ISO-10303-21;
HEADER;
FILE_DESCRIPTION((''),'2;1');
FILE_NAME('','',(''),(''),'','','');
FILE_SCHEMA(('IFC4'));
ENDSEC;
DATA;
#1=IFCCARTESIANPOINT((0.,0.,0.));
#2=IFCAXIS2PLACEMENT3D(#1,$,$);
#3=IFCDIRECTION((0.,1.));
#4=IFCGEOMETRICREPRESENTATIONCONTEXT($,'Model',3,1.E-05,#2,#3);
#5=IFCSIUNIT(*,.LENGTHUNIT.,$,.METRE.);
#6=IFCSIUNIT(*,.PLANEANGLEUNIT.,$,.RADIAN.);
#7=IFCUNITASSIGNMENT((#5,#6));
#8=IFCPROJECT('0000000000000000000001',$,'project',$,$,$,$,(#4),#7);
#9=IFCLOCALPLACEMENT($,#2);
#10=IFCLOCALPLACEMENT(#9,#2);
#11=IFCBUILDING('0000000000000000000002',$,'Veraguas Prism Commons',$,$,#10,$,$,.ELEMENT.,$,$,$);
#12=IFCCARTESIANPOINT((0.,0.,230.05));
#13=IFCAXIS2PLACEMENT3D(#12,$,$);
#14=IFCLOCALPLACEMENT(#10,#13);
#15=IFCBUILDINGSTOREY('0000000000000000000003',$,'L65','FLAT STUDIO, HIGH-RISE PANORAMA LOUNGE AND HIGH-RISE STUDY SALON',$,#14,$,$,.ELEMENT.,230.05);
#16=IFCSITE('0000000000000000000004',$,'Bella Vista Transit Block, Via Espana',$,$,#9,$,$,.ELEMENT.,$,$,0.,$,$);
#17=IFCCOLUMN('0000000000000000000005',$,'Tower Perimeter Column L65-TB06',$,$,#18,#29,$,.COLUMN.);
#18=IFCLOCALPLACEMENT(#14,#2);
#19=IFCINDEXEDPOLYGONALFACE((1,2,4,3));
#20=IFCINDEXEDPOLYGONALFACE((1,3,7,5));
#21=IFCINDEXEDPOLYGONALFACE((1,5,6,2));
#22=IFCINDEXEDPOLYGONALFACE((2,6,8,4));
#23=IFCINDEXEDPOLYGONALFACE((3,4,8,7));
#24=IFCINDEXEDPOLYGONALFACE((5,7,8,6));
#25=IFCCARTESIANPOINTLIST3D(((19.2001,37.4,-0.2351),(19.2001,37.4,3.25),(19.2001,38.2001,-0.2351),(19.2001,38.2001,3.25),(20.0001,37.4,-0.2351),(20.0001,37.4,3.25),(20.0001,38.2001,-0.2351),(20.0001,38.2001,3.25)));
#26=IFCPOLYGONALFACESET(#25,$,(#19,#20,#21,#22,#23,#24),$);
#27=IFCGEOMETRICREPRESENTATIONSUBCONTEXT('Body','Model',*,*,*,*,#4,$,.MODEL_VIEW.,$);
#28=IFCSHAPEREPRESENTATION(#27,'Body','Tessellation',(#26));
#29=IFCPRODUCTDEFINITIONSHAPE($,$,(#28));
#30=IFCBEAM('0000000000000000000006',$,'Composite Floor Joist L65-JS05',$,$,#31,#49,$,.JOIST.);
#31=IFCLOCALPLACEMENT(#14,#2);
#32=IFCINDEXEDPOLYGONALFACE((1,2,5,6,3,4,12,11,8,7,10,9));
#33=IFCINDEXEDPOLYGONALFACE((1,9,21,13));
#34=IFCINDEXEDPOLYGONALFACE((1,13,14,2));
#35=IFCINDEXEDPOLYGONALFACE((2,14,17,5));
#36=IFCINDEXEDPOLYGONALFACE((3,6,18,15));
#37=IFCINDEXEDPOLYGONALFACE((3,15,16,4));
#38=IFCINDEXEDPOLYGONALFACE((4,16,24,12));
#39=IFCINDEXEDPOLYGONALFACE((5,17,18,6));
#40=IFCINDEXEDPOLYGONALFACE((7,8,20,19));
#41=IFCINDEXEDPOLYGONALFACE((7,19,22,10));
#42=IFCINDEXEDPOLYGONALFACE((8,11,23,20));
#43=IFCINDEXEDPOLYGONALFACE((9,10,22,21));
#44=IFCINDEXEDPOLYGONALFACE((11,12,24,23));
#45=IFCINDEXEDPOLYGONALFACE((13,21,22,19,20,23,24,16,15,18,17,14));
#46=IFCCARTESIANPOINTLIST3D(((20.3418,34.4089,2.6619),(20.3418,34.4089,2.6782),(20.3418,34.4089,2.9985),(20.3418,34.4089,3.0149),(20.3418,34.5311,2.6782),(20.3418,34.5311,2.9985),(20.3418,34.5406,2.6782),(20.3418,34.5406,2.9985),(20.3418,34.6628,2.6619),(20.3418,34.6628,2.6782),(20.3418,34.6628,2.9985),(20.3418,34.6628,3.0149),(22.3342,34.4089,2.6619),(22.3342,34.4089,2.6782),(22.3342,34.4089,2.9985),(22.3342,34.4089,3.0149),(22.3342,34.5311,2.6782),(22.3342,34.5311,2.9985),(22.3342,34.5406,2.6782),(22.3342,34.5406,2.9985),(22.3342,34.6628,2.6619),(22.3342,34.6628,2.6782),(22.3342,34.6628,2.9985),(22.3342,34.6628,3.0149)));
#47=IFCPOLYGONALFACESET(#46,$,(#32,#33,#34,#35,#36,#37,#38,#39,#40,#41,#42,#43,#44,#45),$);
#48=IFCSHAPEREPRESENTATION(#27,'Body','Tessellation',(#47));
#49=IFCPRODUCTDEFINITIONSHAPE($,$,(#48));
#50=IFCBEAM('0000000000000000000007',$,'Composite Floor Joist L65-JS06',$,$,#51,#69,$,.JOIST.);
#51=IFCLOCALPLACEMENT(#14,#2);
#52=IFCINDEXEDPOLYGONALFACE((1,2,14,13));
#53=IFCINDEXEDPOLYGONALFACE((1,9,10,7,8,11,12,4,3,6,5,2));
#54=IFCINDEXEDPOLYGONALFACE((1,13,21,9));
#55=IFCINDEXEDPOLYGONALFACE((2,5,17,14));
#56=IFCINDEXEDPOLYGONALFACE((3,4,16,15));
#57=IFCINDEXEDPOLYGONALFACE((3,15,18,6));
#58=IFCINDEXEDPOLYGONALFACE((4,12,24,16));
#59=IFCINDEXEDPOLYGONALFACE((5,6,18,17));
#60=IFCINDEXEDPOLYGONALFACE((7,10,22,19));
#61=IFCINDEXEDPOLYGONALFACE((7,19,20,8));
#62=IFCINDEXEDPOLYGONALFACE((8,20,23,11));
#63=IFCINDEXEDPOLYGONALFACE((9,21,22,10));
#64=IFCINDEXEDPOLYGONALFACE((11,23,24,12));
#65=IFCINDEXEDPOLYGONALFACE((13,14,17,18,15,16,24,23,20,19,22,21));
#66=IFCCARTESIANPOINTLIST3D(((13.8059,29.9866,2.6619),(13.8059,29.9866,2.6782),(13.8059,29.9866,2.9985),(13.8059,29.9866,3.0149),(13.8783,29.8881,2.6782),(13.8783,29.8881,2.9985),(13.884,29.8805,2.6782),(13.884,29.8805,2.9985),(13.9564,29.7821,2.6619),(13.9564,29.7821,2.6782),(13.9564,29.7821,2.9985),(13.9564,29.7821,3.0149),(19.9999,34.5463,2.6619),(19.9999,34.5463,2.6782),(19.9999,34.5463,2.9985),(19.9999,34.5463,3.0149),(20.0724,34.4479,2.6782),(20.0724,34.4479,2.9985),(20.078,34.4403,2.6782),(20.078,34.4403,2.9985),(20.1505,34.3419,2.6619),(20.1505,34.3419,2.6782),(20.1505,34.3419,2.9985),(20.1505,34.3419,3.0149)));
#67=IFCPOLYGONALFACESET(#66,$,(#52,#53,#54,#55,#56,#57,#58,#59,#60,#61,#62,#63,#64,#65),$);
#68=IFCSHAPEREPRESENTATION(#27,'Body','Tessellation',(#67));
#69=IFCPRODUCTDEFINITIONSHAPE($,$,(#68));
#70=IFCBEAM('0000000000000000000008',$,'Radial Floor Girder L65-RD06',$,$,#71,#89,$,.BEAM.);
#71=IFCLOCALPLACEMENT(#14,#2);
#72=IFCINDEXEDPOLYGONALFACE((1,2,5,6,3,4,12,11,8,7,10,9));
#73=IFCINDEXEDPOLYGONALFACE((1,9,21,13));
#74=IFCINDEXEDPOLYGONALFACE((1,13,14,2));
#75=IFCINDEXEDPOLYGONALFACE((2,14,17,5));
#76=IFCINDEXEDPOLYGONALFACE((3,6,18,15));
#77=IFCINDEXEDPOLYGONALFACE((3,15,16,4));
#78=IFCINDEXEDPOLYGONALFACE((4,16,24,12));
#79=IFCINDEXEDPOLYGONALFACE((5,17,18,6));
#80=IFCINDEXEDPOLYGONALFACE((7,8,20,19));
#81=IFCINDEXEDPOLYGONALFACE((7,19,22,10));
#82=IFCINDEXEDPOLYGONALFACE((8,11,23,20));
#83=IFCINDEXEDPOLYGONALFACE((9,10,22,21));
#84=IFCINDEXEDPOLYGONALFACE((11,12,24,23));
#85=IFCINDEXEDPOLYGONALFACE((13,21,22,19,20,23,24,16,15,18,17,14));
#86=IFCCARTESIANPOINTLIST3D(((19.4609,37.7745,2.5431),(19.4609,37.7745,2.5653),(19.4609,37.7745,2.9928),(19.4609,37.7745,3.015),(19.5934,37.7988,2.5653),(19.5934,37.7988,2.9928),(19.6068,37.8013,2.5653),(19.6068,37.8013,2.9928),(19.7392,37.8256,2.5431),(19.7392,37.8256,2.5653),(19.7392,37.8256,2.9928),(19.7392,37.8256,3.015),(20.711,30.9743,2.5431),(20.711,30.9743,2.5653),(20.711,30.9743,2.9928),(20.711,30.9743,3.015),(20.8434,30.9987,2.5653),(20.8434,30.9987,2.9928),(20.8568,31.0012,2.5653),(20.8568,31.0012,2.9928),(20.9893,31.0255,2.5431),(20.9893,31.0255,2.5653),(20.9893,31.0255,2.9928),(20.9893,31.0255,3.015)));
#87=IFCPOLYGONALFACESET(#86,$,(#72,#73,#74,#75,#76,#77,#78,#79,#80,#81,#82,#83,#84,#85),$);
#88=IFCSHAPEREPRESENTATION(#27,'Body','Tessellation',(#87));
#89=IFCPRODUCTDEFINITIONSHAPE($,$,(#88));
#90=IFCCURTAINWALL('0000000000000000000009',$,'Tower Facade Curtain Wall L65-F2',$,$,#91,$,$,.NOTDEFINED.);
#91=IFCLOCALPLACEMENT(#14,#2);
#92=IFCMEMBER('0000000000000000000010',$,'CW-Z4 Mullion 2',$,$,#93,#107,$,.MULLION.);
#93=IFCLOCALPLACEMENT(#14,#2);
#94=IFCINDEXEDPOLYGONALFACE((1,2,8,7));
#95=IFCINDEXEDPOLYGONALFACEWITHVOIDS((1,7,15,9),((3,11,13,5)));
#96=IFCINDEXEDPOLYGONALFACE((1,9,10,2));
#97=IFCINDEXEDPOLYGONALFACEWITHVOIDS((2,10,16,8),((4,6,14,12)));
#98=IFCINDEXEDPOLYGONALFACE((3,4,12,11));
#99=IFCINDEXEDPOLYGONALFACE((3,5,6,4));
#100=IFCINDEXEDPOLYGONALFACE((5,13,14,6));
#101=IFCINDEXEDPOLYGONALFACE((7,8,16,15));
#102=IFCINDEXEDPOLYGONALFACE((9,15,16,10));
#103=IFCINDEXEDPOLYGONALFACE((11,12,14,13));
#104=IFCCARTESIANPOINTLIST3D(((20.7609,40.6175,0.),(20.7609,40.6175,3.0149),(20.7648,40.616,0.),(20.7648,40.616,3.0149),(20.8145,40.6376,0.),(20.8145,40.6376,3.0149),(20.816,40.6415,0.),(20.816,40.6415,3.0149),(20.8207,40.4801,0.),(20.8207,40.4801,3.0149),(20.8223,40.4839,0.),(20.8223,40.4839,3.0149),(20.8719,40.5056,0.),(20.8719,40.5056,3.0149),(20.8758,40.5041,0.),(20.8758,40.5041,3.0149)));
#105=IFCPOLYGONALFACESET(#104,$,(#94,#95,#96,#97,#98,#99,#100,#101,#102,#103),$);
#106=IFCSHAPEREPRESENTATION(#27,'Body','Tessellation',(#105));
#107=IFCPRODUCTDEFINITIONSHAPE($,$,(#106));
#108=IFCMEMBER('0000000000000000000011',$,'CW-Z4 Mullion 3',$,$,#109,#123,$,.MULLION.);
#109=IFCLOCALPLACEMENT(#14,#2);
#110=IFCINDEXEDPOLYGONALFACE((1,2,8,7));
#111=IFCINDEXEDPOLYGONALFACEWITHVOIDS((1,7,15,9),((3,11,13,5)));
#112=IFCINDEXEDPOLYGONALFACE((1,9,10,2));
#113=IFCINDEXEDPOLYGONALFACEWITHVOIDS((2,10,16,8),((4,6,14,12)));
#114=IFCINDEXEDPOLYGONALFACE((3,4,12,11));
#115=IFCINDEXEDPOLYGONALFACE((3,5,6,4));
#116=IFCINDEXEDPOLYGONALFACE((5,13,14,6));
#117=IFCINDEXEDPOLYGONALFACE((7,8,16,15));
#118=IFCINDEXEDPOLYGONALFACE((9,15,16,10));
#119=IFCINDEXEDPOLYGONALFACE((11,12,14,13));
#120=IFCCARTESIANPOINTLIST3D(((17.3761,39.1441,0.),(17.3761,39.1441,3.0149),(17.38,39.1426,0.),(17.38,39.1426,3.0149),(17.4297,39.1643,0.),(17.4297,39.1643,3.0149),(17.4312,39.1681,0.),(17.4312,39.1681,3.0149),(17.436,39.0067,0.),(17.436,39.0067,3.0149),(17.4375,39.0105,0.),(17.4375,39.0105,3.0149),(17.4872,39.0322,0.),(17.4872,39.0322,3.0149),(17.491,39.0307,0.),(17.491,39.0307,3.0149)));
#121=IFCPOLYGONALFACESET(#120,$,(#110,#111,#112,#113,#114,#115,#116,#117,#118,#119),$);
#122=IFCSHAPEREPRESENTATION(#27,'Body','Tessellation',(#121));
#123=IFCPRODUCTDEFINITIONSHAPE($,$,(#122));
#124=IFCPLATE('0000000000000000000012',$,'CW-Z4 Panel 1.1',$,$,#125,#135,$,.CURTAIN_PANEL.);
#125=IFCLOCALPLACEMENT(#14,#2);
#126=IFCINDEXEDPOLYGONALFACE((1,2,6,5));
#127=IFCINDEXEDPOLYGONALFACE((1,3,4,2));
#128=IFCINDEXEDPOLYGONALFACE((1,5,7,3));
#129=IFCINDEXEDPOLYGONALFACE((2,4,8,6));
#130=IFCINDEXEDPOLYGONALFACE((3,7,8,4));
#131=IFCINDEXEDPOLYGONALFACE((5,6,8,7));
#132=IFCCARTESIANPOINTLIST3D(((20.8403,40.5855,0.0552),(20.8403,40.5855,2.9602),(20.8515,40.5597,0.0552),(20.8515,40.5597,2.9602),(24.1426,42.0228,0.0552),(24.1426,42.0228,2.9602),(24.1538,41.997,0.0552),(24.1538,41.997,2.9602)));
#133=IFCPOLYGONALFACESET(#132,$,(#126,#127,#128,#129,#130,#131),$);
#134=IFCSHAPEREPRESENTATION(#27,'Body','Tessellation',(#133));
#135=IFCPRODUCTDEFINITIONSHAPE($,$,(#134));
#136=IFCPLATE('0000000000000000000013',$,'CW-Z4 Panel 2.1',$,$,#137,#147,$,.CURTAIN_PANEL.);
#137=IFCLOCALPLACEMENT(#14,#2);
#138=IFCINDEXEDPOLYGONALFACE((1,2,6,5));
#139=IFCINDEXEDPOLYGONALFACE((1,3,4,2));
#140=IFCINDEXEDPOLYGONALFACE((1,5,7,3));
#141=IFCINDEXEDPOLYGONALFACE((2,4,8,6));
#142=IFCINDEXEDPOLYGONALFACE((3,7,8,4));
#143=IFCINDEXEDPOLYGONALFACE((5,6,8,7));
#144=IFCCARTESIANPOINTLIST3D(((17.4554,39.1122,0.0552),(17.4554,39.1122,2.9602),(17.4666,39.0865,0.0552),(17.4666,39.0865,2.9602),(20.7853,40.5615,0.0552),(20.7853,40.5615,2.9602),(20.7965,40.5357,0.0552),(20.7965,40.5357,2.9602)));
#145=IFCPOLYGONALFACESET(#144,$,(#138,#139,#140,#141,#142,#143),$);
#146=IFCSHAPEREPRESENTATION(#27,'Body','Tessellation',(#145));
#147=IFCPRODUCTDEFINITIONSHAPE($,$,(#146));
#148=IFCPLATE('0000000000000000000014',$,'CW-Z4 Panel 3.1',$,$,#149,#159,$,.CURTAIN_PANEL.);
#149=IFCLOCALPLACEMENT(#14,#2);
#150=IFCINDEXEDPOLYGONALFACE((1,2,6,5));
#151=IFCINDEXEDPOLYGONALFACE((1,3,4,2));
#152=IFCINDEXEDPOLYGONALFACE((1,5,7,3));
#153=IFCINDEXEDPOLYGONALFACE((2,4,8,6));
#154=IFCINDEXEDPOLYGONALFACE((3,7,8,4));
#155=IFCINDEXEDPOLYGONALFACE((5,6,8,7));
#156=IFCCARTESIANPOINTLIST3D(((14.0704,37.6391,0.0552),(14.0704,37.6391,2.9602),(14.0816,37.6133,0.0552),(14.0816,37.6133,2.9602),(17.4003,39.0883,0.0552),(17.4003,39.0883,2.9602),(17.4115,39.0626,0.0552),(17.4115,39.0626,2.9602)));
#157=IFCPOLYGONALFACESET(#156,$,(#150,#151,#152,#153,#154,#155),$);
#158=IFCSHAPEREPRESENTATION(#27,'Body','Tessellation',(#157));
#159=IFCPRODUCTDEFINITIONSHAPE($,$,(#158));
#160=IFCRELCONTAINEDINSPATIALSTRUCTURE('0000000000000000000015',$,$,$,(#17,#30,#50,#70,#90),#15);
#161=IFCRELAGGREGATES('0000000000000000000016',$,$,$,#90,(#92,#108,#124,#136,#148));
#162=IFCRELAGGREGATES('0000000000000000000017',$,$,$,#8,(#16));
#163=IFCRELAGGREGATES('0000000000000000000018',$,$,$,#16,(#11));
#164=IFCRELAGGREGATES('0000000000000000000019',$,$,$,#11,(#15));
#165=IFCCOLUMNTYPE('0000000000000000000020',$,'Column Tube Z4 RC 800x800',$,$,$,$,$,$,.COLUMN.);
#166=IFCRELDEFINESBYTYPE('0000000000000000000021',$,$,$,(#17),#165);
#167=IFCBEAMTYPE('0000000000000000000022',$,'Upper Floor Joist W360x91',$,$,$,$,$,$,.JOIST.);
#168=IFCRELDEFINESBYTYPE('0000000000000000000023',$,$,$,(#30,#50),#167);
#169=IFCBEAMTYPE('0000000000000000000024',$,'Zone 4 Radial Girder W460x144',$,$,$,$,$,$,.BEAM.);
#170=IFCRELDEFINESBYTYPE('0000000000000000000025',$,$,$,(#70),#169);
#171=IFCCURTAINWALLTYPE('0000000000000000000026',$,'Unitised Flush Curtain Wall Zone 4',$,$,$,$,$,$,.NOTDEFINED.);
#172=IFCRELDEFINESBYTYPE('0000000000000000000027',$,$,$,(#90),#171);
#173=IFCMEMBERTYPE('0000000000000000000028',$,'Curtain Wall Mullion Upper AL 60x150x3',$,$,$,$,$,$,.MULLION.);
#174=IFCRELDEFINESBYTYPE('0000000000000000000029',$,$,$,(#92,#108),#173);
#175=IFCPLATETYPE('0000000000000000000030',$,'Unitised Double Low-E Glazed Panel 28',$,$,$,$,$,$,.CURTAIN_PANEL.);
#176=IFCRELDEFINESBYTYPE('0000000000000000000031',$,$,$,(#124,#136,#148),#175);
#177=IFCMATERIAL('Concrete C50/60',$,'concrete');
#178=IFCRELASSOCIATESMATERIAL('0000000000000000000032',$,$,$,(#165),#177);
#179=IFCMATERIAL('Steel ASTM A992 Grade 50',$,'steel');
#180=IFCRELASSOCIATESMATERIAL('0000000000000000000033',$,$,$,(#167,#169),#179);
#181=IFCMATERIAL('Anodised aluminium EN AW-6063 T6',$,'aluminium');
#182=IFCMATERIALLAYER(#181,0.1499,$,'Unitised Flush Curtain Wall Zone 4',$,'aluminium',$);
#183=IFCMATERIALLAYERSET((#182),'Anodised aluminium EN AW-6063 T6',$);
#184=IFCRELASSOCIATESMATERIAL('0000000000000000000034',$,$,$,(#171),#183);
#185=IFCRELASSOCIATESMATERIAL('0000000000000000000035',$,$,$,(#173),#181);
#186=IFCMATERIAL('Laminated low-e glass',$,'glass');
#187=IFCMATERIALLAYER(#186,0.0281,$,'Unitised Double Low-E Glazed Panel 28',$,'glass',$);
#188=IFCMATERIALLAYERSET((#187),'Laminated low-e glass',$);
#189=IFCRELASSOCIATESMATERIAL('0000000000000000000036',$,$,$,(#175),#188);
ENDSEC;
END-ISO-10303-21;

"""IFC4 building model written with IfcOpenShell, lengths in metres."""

from ifc_helpers import new_model, si_unit, direction, frame, origin, origin_2d, place, context, subcontext, project, spatial, rectangle, hollow_rectangle, i_section, extrude, source, transform, mapped, material, layer, layer_set, material_profile, profile_set, type_object, element, aggregate, save


model = new_model("IFC4")

# Units and contexts
model_context = context("Model", 3, precision=1e-05, world=origin(), true_north=direction((0.0, 1.0)))
body_context = subcontext(model_context, "Body", "Model", "MODEL_VIEW")
ifc_project = project(units=[si_unit("LENGTHUNIT", "METRE"), si_unit("PLANEANGLEUNIT", "RADIAN")], contexts=[model_context])

# Site, building, storey
site_placement = place(None, origin())
site = spatial("IfcSite", under=ifc_project, at=site_placement, Name="Bella Vista Transit Block, Via Espana", CompositionType="ELEMENT", RefElevation=0.0)
building_placement = place(site_placement, origin())
building = spatial("IfcBuilding", under=site, at=building_placement, Name="Veraguas Prism Commons", CompositionType="ELEMENT")
storey_placement = place(building_placement, frame((0.0, 0.0, 230.05)))
storey = spatial("IfcBuildingStorey", under=building, at=storey_placement, Name="L65", Description="FLAT STUDIO, HIGH-RISE PANORAMA LOUNGE AND HIGH-RISE STUDY SALON", CompositionType="ELEMENT", Elevation=230.05)

# Column
ifc_material_1 = material(Name="Concrete C50/60", Category="concrete")
ifc_material_profile_1 = material_profile(ifc_material_1, rectangle(XDim=0.8, YDim=0.8, at=origin_2d()), Name="RC800X800")
ifc_profile_set_1 = profile_set([ifc_material_profile_1], Name="Concrete C50/60")
column_type = type_object("IfcColumnType", Name="Column Tube Z4 RC 800x800", PredefinedType="COLUMN", material=ifc_profile_set_1)
column_placement = place(storey_placement, frame((19.6001, 37.8, -0.2351), z_axis=(0.0, 0.0, 1.0), x_axis=(1.0, 0.0, 0.0)))
element("IfcColumn", 1, at=column_placement, inside=storey, type_object=column_type, Name="Tower Perimeter Column L65-TB06", PredefinedType="COLUMN", context=body_context, shape_type="SweptSolid", body=[
    extrude(rectangle(XDim=0.8, YDim=0.8, at=origin_2d()), origin(), (0.0, 0.0, 1.0), 3.4851),
])

# Beams
ifc_material_2 = material(Name="Steel ASTM A992 Grade 50", Category="steel")
ifc_material_profile_2 = material_profile(ifc_material_2, i_section(OverallWidth=0.2539, OverallDepth=0.353, WebThickness=0.0095, FlangeThickness=0.0164, at=origin_2d()), Name="W360X91")
ifc_profile_set_2 = profile_set([ifc_material_profile_2], Name="Steel ASTM A992 Grade 50")
beam_type_1 = type_object("IfcBeamType", Name="Upper Floor Joist W360x91", PredefinedType="JOIST", material=ifc_profile_set_2)
beam_1_placement = place(storey_placement, frame((22.3342, 34.5359, 2.8384), z_axis=(-1.0, 0.0, 0.0), x_axis=(0.0, -1.0, 0.0)))
element("IfcBeam", 2, at=beam_1_placement, inside=storey, type_object=beam_type_1, Name="Composite Floor Joist L65-JS05", PredefinedType="JOIST", context=body_context, shape_type="SweptSolid", body=[
    extrude(i_section(OverallWidth=0.2539, OverallDepth=0.353, WebThickness=0.0095, FlangeThickness=0.0164, at=origin_2d()), origin(), (0.0, 0.0, 1.0), 1.9924),
])
beam_2_placement = place(storey_placement, frame((20.0752, 34.4441, 2.8384), z_axis=(-0.80532, -0.592841, 0.0), x_axis=(0.592841, -0.80532, 0.0)))
element("IfcBeam", 3, at=beam_2_placement, inside=storey, type_object=beam_type_1, Name="Composite Floor Joist L65-JS06", PredefinedType="JOIST", context=body_context, shape_type="SweptSolid", body=[
    extrude(i_section(OverallWidth=0.2539, OverallDepth=0.353, WebThickness=0.0095, FlangeThickness=0.0164, at=origin_2d()), origin(), (0.0, 0.0, 1.0), 7.6914),
])
ifc_material_profile_3 = material_profile(ifc_material_2, i_section(OverallWidth=0.283, OverallDepth=0.4719, WebThickness=0.0137, FlangeThickness=0.0222, at=origin_2d()), Name="W460X144")
ifc_profile_set_3 = profile_set([ifc_material_profile_3], Name="Steel ASTM A992 Grade 50")
beam_type_2 = type_object("IfcBeamType", Name="Zone 4 Radial Girder W460x144", PredefinedType="BEAM", material=ifc_profile_set_3)
beam_3_placement = place(storey_placement, frame((19.6001, 37.8, 2.7791), z_axis=(0.180793, -0.983521, 0.0), x_axis=(0.983521, 0.180793, 0.0)))
element("IfcBeam", 4, at=beam_3_placement, inside=storey, type_object=beam_type_2, Name="Radial Floor Girder L65-RD06", PredefinedType="BEAM", context=body_context, shape_type="SweptSolid", body=[
    extrude(i_section(OverallWidth=0.283, OverallDepth=0.4719, WebThickness=0.0137, FlangeThickness=0.0222, at=origin_2d()), origin(), (0.0, 0.0, 1.0), 6.9141),
])

# Curtain wall, members, plates
ifc_material_3 = material(Name="Anodised aluminium EN AW-6063 T6", Category="aluminium")
ifc_layer_1 = layer(ifc_material_3, 0.1499, Name="Unitised Flush Curtain Wall Zone 4", Category="aluminium")
ifc_layer_set_1 = layer_set([ifc_layer_1], Name="Anodised aluminium EN AW-6063 T6")
curtain_wall_type = type_object("IfcCurtainWallType", Name="Unitised Flush Curtain Wall Zone 4", PredefinedType="NOTDEFINED", material=ifc_layer_set_1)
curtain_wall_placement = place(storey_placement, origin())
curtain_wall = element("IfcCurtainWall", 5, at=curtain_wall_placement, inside=storey, type_object=curtain_wall_type, Name="Tower Facade Curtain Wall L65-F2", PredefinedType="NOTDEFINED")
ifc_material_profile_4 = material_profile(ifc_material_3, hollow_rectangle(XDim=0.0601, YDim=0.1499, WallThickness=0.0029, at=origin_2d()), Name="AL60X150X3")
ifc_profile_set_4 = profile_set([ifc_material_profile_4], Name="Anodised aluminium EN AW-6063 T6")
member_type = type_object("IfcMemberType", Name="Curtain Wall Mullion Upper AL 60x150x3", PredefinedType="MULLION", material=ifc_profile_set_4)
shared_shape_1 = source(origin(), body_context, "Body", "SweptSolid", [
    extrude(hollow_rectangle(XDim=0.0601, YDim=0.1499, WallThickness=0.0029, at=origin_2d()), origin(), (0.0, 0.0, 1.0), 3.0149),
])
member_1_placement = place(storey_placement, frame((20.8184, 40.5608, 0.0), z_axis=(0.0, 0.0, 1.0), x_axis=(-0.916919, -0.399074, 0.0)))
member_1 = element("IfcMember", 6, at=member_1_placement, type_object=member_type, Name="CW-Z4 Mullion 2", PredefinedType="MULLION", context=body_context, shape_type="MappedRepresentation", body=[
    mapped(shared_shape_1, transform((0.0, 0.0, 0.0), scale=1.0)),
])
member_2_placement = place(storey_placement, frame((17.4336, 39.0874, 0.0), z_axis=(0.0, 0.0, 1.0), x_axis=(-0.916919, -0.399074, 0.0)))
member_2 = element("IfcMember", 7, at=member_2_placement, type_object=member_type, Name="CW-Z4 Mullion 3", PredefinedType="MULLION", context=body_context, shape_type="MappedRepresentation", body=[
    mapped(shared_shape_1, transform((0.0, 0.0, 0.0), scale=1.0)),
])
ifc_material_4 = material(Name="Laminated low-e glass", Category="glass")
ifc_layer_2 = layer(ifc_material_4, 0.0281, Name="Unitised Double Low-E Glazed Panel 28", Category="glass")
ifc_layer_set_2 = layer_set([ifc_layer_2], Name="Laminated low-e glass")
plate_type = type_object("IfcPlateType", Name="Unitised Double Low-E Glazed Panel 28", PredefinedType="CURTAIN_PANEL", material=ifc_layer_set_2)
shared_shape_2 = source(origin(), body_context, "Body", "SweptSolid", [
    extrude(rectangle(XDim=3.6016, YDim=0.0281, at=origin_2d()), origin(), (0.0, 0.0, 1.0), 2.905),
])
plate_1_placement = place(storey_placement, frame((22.4971, 41.2913, 0.0552), z_axis=(0.0, 0.0, 1.0), x_axis=(-0.916919, -0.399074, 0.0)))
plate_1 = element("IfcPlate", 8, at=plate_1_placement, type_object=plate_type, Name="CW-Z4 Panel 1.1", PredefinedType="CURTAIN_PANEL", context=body_context, shape_type="MappedRepresentation", body=[
    mapped(shared_shape_2, transform((0.0, 0.0, 0.0), scale=1.0)),
])
shared_shape_3 = source(origin(), body_context, "Body", "SweptSolid", [
    extrude(rectangle(XDim=3.6316, YDim=0.0281, at=origin_2d()), origin(), (0.0, 0.0, 1.0), 2.905),
])
plate_2_placement = place(storey_placement, frame((19.126, 39.824, 0.0552), z_axis=(0.0, 0.0, 1.0), x_axis=(-0.916919, -0.399074, 0.0)))
plate_2 = element("IfcPlate", 9, at=plate_2_placement, type_object=plate_type, Name="CW-Z4 Panel 2.1", PredefinedType="CURTAIN_PANEL", context=body_context, shape_type="MappedRepresentation", body=[
    mapped(shared_shape_3, transform((0.0, 0.0, 0.0), scale=1.0)),
])
plate_3_placement = place(storey_placement, frame((15.741, 38.3508, 0.0552), z_axis=(0.0, 0.0, 1.0), x_axis=(-0.916919, -0.399074, 0.0)))
plate_3 = element("IfcPlate", 10, at=plate_3_placement, type_object=plate_type, Name="CW-Z4 Panel 3.1", PredefinedType="CURTAIN_PANEL", context=body_context, shape_type="MappedRepresentation", body=[
    mapped(shared_shape_3, transform((0.0, 0.0, 0.0), scale=1.0)),
])
aggregate(curtain_wall, [member_1, member_2, plate_1, plate_2, plate_3])

save(model, "model.ifc")
